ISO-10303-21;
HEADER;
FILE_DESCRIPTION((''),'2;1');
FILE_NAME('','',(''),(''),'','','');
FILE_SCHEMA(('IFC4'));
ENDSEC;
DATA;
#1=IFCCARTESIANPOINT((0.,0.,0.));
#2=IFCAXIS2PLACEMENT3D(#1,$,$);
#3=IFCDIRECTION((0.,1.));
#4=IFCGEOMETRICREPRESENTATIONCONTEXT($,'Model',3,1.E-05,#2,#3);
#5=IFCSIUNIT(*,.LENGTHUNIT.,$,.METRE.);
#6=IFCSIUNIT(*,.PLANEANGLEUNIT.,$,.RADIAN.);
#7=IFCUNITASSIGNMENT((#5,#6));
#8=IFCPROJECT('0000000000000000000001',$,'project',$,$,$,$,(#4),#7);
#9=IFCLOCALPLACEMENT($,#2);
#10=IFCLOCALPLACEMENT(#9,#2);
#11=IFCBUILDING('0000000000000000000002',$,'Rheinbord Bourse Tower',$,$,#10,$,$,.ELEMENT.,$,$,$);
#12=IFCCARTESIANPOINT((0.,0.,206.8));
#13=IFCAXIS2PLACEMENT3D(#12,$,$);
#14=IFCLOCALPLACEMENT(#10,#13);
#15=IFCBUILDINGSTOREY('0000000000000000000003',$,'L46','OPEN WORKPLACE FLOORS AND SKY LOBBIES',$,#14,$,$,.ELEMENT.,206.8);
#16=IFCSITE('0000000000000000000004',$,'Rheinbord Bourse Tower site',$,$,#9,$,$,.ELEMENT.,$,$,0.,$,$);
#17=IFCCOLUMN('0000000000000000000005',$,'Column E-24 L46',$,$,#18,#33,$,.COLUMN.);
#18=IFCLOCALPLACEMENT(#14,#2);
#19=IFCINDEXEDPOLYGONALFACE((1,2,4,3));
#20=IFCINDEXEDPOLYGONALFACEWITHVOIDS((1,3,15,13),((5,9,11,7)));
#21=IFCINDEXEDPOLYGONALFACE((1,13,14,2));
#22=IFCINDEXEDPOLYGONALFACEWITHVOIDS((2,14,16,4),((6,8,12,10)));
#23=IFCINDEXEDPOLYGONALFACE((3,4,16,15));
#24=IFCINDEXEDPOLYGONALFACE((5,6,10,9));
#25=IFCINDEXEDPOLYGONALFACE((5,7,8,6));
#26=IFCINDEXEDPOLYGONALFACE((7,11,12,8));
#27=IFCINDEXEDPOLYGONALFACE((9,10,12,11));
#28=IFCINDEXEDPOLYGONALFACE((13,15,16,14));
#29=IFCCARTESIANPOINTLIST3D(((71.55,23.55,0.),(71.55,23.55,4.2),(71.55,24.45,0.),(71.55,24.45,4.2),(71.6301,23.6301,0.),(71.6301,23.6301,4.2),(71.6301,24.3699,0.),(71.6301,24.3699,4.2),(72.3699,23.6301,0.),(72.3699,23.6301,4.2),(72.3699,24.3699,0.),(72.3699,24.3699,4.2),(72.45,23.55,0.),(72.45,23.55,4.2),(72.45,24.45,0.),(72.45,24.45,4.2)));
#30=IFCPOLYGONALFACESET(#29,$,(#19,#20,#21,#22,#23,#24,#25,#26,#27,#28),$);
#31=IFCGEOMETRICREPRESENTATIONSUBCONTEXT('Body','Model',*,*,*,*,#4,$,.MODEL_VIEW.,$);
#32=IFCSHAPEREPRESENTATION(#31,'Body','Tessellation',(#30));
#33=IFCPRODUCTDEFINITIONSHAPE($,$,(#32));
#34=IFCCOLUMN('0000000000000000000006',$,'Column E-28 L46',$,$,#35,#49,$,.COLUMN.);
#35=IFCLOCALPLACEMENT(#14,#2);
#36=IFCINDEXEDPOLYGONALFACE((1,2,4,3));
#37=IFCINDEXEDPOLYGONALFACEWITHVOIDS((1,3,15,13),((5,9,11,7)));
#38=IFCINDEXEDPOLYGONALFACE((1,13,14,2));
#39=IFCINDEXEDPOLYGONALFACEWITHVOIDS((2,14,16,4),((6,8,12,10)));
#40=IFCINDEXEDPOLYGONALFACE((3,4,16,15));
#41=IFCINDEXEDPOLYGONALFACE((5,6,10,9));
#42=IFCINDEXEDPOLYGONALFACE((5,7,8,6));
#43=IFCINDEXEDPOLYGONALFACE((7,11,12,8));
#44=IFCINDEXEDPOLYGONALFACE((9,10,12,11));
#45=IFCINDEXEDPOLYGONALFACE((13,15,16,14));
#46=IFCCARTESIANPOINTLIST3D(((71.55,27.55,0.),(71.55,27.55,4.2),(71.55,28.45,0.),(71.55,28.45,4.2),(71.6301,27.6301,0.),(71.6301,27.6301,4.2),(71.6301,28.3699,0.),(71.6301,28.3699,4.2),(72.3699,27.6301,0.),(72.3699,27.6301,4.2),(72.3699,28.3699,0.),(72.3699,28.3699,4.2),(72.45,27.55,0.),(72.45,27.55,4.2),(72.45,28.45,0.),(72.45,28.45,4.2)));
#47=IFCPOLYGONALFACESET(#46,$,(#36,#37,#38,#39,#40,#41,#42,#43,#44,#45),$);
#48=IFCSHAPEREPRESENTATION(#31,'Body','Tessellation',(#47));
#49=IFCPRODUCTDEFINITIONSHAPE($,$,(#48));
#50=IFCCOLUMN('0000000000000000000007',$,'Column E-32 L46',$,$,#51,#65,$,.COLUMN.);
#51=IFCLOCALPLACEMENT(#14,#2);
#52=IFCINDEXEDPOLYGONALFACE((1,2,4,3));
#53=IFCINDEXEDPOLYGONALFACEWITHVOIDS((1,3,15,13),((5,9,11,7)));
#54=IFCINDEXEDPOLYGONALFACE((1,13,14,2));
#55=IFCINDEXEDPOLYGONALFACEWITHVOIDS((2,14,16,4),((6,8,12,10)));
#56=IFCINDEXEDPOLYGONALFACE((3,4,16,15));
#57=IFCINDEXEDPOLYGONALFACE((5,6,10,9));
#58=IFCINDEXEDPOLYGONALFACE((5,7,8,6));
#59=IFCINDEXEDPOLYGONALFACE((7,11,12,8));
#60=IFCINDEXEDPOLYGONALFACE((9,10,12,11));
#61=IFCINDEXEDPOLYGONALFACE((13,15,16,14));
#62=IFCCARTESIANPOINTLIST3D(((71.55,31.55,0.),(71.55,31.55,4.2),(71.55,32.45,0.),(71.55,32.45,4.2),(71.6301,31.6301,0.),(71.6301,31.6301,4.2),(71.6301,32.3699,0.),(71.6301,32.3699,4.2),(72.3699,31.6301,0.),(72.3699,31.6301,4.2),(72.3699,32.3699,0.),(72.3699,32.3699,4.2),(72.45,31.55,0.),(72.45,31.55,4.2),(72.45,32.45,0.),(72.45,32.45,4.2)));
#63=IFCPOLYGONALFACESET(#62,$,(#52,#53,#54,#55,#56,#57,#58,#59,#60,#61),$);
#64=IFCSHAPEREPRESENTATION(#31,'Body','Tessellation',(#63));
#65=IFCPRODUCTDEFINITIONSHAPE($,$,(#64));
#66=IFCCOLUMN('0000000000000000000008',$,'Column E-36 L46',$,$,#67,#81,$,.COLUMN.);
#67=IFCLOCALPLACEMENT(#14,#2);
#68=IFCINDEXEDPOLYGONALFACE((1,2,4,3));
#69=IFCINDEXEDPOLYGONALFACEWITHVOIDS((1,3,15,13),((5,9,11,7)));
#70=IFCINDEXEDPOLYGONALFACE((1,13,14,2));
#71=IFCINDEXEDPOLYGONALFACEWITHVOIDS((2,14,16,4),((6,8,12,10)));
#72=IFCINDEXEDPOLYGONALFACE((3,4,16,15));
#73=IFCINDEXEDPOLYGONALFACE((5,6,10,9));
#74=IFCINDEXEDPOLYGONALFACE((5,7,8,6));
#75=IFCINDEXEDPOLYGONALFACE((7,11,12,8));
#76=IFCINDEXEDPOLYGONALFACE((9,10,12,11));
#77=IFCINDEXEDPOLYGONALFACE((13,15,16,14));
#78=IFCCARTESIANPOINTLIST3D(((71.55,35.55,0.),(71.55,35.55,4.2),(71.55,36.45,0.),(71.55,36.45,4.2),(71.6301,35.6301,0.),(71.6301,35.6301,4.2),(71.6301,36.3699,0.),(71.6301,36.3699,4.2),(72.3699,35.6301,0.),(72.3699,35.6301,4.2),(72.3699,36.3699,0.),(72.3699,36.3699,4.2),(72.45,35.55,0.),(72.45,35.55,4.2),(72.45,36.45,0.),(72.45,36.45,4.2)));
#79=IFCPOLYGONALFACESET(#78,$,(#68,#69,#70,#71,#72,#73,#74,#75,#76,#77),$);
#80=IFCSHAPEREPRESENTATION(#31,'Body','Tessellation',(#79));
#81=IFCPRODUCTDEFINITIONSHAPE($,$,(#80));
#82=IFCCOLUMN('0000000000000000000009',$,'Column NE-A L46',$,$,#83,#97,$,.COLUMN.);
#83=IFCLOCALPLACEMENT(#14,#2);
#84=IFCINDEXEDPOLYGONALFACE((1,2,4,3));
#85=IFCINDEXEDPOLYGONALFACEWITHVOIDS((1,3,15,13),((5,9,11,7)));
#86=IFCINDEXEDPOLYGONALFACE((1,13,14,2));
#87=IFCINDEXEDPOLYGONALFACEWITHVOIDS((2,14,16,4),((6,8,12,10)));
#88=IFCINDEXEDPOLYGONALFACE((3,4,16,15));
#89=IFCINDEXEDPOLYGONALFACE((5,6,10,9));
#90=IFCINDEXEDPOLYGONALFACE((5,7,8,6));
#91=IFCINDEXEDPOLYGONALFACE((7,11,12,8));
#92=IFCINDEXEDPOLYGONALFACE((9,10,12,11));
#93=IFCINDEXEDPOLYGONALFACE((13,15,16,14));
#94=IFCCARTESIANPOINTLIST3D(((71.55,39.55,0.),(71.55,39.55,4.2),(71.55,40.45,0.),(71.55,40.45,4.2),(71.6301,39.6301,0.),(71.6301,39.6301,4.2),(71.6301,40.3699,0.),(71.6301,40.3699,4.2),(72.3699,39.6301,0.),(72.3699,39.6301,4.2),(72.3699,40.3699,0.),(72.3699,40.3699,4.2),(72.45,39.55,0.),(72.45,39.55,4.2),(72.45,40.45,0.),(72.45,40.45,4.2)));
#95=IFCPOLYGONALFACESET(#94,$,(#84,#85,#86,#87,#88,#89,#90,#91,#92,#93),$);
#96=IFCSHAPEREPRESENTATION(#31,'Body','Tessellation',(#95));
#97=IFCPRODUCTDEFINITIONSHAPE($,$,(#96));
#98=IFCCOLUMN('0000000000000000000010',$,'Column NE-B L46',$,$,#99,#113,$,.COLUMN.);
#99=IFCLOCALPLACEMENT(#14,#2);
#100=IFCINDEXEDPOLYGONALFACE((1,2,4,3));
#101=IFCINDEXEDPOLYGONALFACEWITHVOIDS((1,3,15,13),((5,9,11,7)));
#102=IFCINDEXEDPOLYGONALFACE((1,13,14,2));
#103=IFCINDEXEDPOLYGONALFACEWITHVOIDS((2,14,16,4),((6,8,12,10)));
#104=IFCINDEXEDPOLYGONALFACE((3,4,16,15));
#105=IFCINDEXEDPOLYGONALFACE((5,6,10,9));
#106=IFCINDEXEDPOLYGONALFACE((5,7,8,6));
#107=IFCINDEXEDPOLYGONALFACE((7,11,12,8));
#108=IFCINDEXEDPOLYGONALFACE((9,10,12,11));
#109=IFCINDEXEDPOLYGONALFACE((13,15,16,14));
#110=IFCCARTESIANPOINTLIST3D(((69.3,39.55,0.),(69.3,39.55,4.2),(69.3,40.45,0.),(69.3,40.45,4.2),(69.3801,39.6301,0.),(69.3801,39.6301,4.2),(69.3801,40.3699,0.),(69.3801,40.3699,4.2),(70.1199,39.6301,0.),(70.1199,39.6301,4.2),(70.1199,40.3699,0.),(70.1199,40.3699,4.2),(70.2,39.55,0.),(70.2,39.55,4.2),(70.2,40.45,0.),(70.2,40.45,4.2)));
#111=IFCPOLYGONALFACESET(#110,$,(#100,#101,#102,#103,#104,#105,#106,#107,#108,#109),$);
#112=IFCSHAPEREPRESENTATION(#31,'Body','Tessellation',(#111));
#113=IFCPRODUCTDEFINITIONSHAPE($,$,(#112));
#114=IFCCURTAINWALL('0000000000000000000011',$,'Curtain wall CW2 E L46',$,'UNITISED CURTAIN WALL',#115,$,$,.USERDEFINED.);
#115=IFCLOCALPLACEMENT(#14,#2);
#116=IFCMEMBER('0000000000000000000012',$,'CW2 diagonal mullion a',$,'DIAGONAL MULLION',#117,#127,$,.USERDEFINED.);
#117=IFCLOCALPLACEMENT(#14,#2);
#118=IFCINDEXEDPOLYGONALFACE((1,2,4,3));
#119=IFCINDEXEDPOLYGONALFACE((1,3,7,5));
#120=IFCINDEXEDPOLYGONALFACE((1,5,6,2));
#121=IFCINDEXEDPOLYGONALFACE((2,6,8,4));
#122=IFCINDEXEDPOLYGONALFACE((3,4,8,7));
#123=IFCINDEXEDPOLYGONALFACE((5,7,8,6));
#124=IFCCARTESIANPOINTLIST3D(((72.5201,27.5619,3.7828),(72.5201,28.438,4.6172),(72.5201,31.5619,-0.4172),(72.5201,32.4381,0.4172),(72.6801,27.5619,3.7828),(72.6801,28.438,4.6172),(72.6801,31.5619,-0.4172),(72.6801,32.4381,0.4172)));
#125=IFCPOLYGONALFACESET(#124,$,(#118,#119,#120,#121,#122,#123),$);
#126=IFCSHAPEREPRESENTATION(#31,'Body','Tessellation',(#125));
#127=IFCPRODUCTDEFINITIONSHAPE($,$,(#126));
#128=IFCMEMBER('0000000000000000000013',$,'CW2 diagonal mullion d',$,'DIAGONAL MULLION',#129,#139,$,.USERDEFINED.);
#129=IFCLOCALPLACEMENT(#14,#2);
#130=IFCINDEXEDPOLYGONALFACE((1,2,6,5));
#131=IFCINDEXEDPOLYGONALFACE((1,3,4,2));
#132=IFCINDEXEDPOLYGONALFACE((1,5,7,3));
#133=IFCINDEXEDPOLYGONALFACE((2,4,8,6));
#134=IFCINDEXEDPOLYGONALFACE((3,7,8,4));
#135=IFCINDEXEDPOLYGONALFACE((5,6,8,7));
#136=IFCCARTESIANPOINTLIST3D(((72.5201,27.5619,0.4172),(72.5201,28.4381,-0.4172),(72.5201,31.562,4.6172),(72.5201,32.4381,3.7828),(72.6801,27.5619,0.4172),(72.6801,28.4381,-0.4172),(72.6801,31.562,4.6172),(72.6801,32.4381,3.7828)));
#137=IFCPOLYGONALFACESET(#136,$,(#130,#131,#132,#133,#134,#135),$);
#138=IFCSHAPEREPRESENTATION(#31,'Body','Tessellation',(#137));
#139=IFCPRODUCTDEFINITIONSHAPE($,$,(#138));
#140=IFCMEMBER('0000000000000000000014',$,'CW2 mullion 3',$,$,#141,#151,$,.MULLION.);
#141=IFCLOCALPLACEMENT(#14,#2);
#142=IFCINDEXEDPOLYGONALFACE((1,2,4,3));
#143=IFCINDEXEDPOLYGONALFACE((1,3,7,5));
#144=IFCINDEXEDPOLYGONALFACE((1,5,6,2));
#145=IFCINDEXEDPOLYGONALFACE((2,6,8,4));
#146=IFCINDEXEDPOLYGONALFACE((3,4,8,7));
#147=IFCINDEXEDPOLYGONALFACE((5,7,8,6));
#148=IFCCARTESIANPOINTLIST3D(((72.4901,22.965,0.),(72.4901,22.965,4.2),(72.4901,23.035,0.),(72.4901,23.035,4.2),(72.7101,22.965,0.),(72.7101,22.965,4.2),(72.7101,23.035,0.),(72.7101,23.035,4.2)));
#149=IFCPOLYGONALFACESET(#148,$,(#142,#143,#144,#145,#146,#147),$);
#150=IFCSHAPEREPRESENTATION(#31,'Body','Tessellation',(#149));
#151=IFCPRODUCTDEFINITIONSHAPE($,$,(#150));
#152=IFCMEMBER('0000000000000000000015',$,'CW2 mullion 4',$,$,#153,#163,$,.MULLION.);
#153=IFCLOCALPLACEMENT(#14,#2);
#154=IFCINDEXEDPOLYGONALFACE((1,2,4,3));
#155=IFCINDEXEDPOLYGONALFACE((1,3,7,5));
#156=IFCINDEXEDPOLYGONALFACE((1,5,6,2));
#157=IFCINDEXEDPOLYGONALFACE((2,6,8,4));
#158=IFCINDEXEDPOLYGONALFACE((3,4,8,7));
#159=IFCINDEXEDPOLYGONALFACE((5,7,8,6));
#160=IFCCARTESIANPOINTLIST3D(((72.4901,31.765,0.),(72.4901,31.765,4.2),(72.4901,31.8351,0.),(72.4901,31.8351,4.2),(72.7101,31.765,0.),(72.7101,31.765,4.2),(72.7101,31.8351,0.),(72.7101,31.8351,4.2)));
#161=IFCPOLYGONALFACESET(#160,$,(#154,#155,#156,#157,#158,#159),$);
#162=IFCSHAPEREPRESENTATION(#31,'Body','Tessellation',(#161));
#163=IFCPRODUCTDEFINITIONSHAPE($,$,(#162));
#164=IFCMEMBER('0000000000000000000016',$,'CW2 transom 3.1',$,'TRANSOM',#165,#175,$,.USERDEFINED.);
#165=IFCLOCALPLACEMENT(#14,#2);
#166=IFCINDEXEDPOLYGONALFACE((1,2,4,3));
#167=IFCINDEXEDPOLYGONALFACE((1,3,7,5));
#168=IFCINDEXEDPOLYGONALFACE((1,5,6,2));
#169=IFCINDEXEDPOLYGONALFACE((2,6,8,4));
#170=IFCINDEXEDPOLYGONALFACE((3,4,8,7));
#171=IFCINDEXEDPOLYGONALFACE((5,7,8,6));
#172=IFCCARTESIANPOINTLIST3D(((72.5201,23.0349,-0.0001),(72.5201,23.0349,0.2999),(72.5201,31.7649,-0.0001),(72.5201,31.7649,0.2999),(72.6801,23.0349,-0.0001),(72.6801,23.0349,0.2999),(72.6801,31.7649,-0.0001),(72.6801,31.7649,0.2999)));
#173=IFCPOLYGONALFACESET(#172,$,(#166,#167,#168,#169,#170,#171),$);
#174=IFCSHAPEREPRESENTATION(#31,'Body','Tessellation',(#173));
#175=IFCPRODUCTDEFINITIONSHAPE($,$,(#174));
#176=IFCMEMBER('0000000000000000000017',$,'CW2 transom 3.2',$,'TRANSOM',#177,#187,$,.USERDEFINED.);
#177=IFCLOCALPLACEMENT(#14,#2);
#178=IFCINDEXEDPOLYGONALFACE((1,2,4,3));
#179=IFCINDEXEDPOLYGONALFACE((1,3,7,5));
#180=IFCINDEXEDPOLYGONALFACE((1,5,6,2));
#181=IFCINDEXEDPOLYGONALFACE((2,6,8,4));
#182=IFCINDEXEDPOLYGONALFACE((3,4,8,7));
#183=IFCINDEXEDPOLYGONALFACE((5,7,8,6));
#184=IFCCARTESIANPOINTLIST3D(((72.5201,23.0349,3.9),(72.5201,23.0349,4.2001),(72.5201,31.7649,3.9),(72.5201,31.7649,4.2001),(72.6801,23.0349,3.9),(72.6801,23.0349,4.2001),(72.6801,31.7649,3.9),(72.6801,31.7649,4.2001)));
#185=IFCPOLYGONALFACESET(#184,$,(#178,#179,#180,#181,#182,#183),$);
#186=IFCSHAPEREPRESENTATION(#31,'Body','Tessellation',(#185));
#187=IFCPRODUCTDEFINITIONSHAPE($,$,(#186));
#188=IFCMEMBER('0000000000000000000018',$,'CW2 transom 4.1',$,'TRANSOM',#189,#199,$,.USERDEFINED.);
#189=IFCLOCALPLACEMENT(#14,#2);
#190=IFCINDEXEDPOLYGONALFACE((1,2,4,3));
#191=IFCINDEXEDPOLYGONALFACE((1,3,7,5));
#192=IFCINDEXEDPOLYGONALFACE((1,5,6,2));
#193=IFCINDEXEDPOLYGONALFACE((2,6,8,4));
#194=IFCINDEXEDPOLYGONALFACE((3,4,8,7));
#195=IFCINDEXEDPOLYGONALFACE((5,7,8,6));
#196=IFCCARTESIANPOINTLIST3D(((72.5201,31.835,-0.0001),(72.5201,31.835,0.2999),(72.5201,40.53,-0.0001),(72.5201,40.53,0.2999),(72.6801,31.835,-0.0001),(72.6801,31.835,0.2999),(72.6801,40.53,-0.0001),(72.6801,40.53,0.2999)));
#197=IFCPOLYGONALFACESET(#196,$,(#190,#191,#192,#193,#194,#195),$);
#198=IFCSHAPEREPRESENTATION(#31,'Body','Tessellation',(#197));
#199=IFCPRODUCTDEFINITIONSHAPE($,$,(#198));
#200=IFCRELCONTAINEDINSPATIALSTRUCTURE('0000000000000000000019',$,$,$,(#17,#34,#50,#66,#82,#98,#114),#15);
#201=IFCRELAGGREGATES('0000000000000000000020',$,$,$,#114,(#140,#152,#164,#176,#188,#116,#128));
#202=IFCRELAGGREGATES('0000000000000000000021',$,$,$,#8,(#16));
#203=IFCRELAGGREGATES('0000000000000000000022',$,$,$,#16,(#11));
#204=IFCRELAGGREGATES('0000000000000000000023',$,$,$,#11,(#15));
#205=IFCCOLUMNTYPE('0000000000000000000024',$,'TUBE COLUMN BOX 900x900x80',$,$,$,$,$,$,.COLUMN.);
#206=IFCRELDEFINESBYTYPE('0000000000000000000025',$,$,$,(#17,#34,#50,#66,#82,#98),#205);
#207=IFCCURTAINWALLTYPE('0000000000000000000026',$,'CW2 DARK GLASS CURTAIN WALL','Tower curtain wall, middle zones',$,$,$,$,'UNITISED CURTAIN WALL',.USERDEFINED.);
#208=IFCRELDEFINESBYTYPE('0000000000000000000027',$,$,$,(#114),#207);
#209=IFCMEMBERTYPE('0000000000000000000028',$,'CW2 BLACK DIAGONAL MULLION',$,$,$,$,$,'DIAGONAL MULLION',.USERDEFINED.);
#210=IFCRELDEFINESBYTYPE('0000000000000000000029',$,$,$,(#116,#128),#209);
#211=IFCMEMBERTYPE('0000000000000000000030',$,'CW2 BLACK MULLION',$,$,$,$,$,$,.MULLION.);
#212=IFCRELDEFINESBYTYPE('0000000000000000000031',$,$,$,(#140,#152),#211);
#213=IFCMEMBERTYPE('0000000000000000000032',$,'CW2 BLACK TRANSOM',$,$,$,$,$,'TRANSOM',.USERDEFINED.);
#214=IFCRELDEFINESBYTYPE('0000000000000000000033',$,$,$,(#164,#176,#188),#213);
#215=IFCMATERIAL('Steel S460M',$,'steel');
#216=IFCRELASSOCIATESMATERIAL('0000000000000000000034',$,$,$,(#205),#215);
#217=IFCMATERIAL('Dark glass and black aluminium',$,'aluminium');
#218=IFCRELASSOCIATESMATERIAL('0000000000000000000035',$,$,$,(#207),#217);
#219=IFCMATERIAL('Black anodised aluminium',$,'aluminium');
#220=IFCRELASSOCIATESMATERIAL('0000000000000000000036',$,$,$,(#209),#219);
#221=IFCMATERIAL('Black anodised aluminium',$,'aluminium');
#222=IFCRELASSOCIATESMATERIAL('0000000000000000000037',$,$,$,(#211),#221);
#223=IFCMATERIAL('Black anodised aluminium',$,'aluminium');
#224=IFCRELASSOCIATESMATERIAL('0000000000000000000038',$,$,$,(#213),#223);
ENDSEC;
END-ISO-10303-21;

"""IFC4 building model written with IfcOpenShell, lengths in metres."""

from ifc_helpers import new_model, si_unit, direction, frame, origin, origin_2d, place, context, subcontext, project, spatial, rectangle, hollow_rectangle, extrude, material, material_profile, profile_set, type_object, element, aggregate, save


model = new_model("IFC4")

# Units and contexts
model_context = context("Model", 3, precision=1e-05, world=origin(), true_north=direction((0.0, 1.0)))
body_context = subcontext(model_context, "Body", "Model", "MODEL_VIEW")
ifc_project = project(units=[si_unit("LENGTHUNIT", "METRE"), si_unit("PLANEANGLEUNIT", "RADIAN")], contexts=[model_context])

# Site, building, storey
site_placement = place(None, origin())
site = spatial("IfcSite", under=ifc_project, at=site_placement, Name="Rheinbord Bourse Tower site", CompositionType="ELEMENT", RefElevation=0.0)
building_placement = place(site_placement, origin())
building = spatial("IfcBuilding", under=site, at=building_placement, Name="Rheinbord Bourse Tower", CompositionType="ELEMENT")
storey_placement = place(building_placement, frame((0.0, 0.0, 206.8)))
storey = spatial("IfcBuildingStorey", under=building, at=storey_placement, Name="L46", Description="OPEN WORKPLACE FLOORS AND SKY LOBBIES", CompositionType="ELEMENT", Elevation=206.8)

# Columns
ifc_material_1 = material(Name="Steel S460M", Category="steel")
ifc_material_profile_1 = material_profile(ifc_material_1, hollow_rectangle(XDim=0.8999, YDim=0.8999, WallThickness=0.0801, at=origin_2d()), Name="BOX 900x900x80")
ifc_profile_set_1 = profile_set([ifc_material_profile_1], Name="Steel S460M")
column_type = type_object("IfcColumnType", Name="TUBE COLUMN BOX 900x900x80", PredefinedType="COLUMN", material=ifc_profile_set_1)
for number, where, z_axis, x_axis, name in (
    (1, (72.0, 24.0, 0.0), (0.0, 0.0, 1.0), (1.0, 0.0, 0.0), "Column E-24 L46"),
    (2, (72.0, 28.0, 0.0), (0.0, 0.0, 1.0), (1.0, 0.0, 0.0), "Column E-28 L46"),
    (3, (72.0, 32.0, 0.0), (0.0, 0.0, 1.0), (1.0, 0.0, 0.0), "Column E-32 L46"),
    (4, (72.0, 36.0, 0.0), (0.0, 0.0, 1.0), (1.0, 0.0, 0.0), "Column E-36 L46"),
    (5, (72.0, 40.0, 0.0), (0.0, 0.0, 1.0), (1.0, 0.0, 0.0), "Column NE-A L46"),
    (6, (69.75, 40.0, 0.0), (0.0, 0.0, 1.0), (1.0, 0.0, 0.0), "Column NE-B L46"),
):
    element("IfcColumn", number, at=place(storey_placement, frame(where, z_axis=z_axis, x_axis=x_axis)), inside=storey, type_object=column_type, Name=name, PredefinedType="COLUMN", context=body_context, shape_type="SweptSolid", body=[
        extrude(hollow_rectangle(XDim=0.8999, YDim=0.8999, WallThickness=0.0801, at=origin_2d()), origin(), (0.0, 0.0, 1.0), 4.2),
    ])

# Curtain wall, members
ifc_material_2 = material(Name="Dark glass and black aluminium", Category="aluminium")
curtain_wall_type = type_object("IfcCurtainWallType", Name="CW2 DARK GLASS CURTAIN WALL", Description="Tower curtain wall, middle zones", ElementType="UNITISED CURTAIN WALL", PredefinedType="USERDEFINED", material=ifc_material_2)
curtain_wall_placement = place(storey_placement, origin())
curtain_wall = element("IfcCurtainWall", 7, at=curtain_wall_placement, inside=storey, type_object=curtain_wall_type, Name="Curtain wall CW2 E L46", ObjectType="UNITISED CURTAIN WALL", PredefinedType="USERDEFINED")
ifc_material_3 = material(Name="Black anodised aluminium", Category="aluminium")
ifc_material_profile_2 = material_profile(ifc_material_3, rectangle(XDim=0.1599, YDim=1.21, at=origin_2d()), Name="CW2 DIAGONAL MULLION 1210x160")
ifc_profile_set_2 = profile_set([ifc_material_profile_2], Name="Black anodised aluminium")
member_type_1 = type_object("IfcMemberType", Name="CW2 BLACK DIAGONAL MULLION", ElementType="DIAGONAL MULLION", PredefinedType="USERDEFINED", material=ifc_profile_set_2)
member_1_placement = place(storey_placement, frame((72.6001, 32.0, 0.0), z_axis=(0.0, -0.689659, 0.724134), x_axis=(1.0, 0.0, 0.0)))
member_1 = element("IfcMember", 8, at=member_1_placement, type_object=member_type_1, Name="CW2 diagonal mullion a", ObjectType="DIAGONAL MULLION", PredefinedType="USERDEFINED", context=body_context, shape_type="SweptSolid", body=[
    extrude(rectangle(XDim=0.1599, YDim=1.21, at=origin_2d()), origin(), (0.0, 0.0, 1.0), 5.8),
])
member_2_placement = place(storey_placement, frame((72.6001, 28.0, 0.0), z_axis=(0.0, 0.689659, 0.724134), x_axis=(-1.0, 0.0, 0.0)))
member_2 = element("IfcMember", 9, at=member_2_placement, type_object=member_type_1, Name="CW2 diagonal mullion d", ObjectType="DIAGONAL MULLION", PredefinedType="USERDEFINED", context=body_context, shape_type="SweptSolid", body=[
    extrude(rectangle(XDim=0.1599, YDim=1.21, at=origin_2d()), origin(), (0.0, 0.0, 1.0), 5.8),
])
ifc_material_4 = material(Name="Black anodised aluminium", Category="aluminium")
ifc_material_profile_3 = material_profile(ifc_material_4, rectangle(XDim=0.22, YDim=0.0701, at=origin_2d()), Name="CW2 MULLION 70x220")
ifc_profile_set_3 = profile_set([ifc_material_profile_3], Name="Black anodised aluminium")
member_type_2 = type_object("IfcMemberType", Name="CW2 BLACK MULLION", PredefinedType="MULLION", material=ifc_profile_set_3)
member_3_placement = place(storey_placement, frame((72.6001, 23.0, 0.0), z_axis=(0.0, 0.0, 1.0), x_axis=(-1.0, 0.0, 0.0)))
member_3 = element("IfcMember", 10, at=member_3_placement, type_object=member_type_2, Name="CW2 mullion 3", PredefinedType="MULLION", context=body_context, shape_type="SweptSolid", body=[
    extrude(rectangle(XDim=0.22, YDim=0.0701, at=origin_2d()), origin(), (0.0, 0.0, 1.0), 4.2),
])
member_4_placement = place(storey_placement, frame((72.6001, 31.8, 0.0), z_axis=(0.0, 0.0, 1.0), x_axis=(-1.0, 0.0, 0.0)))
member_4 = element("IfcMember", 11, at=member_4_placement, type_object=member_type_2, Name="CW2 mullion 4", PredefinedType="MULLION", context=body_context, shape_type="SweptSolid", body=[
    extrude(rectangle(XDim=0.22, YDim=0.0701, at=origin_2d()), origin(), (0.0, 0.0, 1.0), 4.2),
])
ifc_material_5 = material(Name="Black anodised aluminium", Category="aluminium")
ifc_material_profile_4 = material_profile(ifc_material_5, rectangle(XDim=0.1599, YDim=0.3, at=origin_2d()), Name="CW2 TRANSOM 300x160")
ifc_profile_set_4 = profile_set([ifc_material_profile_4], Name="Black anodised aluminium")
member_type_3 = type_object("IfcMemberType", Name="CW2 BLACK TRANSOM", ElementType="TRANSOM", PredefinedType="USERDEFINED", material=ifc_profile_set_4)
member_5_placement = place(storey_placement, frame((72.6001, 23.0349, 0.1499), z_axis=(0.0, 1.0, 0.0), x_axis=(-1.0, 0.0, 0.0)))
member_5 = element("IfcMember", 12, at=member_5_placement, type_object=member_type_3, Name="CW2 transom 3.1", ObjectType="TRANSOM", PredefinedType="USERDEFINED", context=body_context, shape_type="SweptSolid", body=[
    extrude(rectangle(XDim=0.1599, YDim=0.3, at=origin_2d()), origin(), (0.0, 0.0, 1.0), 8.73),
])
member_6_placement = place(storey_placement, frame((72.6001, 23.0349, 4.05), z_axis=(0.0, 1.0, 0.0), x_axis=(-1.0, 0.0, 0.0)))
member_6 = element("IfcMember", 13, at=member_6_placement, type_object=member_type_3, Name="CW2 transom 3.2", ObjectType="TRANSOM", PredefinedType="USERDEFINED", context=body_context, shape_type="SweptSolid", body=[
    extrude(rectangle(XDim=0.1599, YDim=0.3, at=origin_2d()), origin(), (0.0, 0.0, 1.0), 8.73),
])
member_7_placement = place(storey_placement, frame((72.6001, 31.835, 0.1499), z_axis=(0.0, 1.0, 0.0), x_axis=(-1.0, 0.0, 0.0)))
member_7 = element("IfcMember", 14, at=member_7_placement, type_object=member_type_3, Name="CW2 transom 4.1", ObjectType="TRANSOM", PredefinedType="USERDEFINED", context=body_context, shape_type="SweptSolid", body=[
    extrude(rectangle(XDim=0.1599, YDim=0.3, at=origin_2d()), origin(), (0.0, 0.0, 1.0), 8.6951),
])

aggregate(curtain_wall, [member_3, member_4, member_5, member_6, member_7, member_1, member_2])

save(model, "model.ifc")
